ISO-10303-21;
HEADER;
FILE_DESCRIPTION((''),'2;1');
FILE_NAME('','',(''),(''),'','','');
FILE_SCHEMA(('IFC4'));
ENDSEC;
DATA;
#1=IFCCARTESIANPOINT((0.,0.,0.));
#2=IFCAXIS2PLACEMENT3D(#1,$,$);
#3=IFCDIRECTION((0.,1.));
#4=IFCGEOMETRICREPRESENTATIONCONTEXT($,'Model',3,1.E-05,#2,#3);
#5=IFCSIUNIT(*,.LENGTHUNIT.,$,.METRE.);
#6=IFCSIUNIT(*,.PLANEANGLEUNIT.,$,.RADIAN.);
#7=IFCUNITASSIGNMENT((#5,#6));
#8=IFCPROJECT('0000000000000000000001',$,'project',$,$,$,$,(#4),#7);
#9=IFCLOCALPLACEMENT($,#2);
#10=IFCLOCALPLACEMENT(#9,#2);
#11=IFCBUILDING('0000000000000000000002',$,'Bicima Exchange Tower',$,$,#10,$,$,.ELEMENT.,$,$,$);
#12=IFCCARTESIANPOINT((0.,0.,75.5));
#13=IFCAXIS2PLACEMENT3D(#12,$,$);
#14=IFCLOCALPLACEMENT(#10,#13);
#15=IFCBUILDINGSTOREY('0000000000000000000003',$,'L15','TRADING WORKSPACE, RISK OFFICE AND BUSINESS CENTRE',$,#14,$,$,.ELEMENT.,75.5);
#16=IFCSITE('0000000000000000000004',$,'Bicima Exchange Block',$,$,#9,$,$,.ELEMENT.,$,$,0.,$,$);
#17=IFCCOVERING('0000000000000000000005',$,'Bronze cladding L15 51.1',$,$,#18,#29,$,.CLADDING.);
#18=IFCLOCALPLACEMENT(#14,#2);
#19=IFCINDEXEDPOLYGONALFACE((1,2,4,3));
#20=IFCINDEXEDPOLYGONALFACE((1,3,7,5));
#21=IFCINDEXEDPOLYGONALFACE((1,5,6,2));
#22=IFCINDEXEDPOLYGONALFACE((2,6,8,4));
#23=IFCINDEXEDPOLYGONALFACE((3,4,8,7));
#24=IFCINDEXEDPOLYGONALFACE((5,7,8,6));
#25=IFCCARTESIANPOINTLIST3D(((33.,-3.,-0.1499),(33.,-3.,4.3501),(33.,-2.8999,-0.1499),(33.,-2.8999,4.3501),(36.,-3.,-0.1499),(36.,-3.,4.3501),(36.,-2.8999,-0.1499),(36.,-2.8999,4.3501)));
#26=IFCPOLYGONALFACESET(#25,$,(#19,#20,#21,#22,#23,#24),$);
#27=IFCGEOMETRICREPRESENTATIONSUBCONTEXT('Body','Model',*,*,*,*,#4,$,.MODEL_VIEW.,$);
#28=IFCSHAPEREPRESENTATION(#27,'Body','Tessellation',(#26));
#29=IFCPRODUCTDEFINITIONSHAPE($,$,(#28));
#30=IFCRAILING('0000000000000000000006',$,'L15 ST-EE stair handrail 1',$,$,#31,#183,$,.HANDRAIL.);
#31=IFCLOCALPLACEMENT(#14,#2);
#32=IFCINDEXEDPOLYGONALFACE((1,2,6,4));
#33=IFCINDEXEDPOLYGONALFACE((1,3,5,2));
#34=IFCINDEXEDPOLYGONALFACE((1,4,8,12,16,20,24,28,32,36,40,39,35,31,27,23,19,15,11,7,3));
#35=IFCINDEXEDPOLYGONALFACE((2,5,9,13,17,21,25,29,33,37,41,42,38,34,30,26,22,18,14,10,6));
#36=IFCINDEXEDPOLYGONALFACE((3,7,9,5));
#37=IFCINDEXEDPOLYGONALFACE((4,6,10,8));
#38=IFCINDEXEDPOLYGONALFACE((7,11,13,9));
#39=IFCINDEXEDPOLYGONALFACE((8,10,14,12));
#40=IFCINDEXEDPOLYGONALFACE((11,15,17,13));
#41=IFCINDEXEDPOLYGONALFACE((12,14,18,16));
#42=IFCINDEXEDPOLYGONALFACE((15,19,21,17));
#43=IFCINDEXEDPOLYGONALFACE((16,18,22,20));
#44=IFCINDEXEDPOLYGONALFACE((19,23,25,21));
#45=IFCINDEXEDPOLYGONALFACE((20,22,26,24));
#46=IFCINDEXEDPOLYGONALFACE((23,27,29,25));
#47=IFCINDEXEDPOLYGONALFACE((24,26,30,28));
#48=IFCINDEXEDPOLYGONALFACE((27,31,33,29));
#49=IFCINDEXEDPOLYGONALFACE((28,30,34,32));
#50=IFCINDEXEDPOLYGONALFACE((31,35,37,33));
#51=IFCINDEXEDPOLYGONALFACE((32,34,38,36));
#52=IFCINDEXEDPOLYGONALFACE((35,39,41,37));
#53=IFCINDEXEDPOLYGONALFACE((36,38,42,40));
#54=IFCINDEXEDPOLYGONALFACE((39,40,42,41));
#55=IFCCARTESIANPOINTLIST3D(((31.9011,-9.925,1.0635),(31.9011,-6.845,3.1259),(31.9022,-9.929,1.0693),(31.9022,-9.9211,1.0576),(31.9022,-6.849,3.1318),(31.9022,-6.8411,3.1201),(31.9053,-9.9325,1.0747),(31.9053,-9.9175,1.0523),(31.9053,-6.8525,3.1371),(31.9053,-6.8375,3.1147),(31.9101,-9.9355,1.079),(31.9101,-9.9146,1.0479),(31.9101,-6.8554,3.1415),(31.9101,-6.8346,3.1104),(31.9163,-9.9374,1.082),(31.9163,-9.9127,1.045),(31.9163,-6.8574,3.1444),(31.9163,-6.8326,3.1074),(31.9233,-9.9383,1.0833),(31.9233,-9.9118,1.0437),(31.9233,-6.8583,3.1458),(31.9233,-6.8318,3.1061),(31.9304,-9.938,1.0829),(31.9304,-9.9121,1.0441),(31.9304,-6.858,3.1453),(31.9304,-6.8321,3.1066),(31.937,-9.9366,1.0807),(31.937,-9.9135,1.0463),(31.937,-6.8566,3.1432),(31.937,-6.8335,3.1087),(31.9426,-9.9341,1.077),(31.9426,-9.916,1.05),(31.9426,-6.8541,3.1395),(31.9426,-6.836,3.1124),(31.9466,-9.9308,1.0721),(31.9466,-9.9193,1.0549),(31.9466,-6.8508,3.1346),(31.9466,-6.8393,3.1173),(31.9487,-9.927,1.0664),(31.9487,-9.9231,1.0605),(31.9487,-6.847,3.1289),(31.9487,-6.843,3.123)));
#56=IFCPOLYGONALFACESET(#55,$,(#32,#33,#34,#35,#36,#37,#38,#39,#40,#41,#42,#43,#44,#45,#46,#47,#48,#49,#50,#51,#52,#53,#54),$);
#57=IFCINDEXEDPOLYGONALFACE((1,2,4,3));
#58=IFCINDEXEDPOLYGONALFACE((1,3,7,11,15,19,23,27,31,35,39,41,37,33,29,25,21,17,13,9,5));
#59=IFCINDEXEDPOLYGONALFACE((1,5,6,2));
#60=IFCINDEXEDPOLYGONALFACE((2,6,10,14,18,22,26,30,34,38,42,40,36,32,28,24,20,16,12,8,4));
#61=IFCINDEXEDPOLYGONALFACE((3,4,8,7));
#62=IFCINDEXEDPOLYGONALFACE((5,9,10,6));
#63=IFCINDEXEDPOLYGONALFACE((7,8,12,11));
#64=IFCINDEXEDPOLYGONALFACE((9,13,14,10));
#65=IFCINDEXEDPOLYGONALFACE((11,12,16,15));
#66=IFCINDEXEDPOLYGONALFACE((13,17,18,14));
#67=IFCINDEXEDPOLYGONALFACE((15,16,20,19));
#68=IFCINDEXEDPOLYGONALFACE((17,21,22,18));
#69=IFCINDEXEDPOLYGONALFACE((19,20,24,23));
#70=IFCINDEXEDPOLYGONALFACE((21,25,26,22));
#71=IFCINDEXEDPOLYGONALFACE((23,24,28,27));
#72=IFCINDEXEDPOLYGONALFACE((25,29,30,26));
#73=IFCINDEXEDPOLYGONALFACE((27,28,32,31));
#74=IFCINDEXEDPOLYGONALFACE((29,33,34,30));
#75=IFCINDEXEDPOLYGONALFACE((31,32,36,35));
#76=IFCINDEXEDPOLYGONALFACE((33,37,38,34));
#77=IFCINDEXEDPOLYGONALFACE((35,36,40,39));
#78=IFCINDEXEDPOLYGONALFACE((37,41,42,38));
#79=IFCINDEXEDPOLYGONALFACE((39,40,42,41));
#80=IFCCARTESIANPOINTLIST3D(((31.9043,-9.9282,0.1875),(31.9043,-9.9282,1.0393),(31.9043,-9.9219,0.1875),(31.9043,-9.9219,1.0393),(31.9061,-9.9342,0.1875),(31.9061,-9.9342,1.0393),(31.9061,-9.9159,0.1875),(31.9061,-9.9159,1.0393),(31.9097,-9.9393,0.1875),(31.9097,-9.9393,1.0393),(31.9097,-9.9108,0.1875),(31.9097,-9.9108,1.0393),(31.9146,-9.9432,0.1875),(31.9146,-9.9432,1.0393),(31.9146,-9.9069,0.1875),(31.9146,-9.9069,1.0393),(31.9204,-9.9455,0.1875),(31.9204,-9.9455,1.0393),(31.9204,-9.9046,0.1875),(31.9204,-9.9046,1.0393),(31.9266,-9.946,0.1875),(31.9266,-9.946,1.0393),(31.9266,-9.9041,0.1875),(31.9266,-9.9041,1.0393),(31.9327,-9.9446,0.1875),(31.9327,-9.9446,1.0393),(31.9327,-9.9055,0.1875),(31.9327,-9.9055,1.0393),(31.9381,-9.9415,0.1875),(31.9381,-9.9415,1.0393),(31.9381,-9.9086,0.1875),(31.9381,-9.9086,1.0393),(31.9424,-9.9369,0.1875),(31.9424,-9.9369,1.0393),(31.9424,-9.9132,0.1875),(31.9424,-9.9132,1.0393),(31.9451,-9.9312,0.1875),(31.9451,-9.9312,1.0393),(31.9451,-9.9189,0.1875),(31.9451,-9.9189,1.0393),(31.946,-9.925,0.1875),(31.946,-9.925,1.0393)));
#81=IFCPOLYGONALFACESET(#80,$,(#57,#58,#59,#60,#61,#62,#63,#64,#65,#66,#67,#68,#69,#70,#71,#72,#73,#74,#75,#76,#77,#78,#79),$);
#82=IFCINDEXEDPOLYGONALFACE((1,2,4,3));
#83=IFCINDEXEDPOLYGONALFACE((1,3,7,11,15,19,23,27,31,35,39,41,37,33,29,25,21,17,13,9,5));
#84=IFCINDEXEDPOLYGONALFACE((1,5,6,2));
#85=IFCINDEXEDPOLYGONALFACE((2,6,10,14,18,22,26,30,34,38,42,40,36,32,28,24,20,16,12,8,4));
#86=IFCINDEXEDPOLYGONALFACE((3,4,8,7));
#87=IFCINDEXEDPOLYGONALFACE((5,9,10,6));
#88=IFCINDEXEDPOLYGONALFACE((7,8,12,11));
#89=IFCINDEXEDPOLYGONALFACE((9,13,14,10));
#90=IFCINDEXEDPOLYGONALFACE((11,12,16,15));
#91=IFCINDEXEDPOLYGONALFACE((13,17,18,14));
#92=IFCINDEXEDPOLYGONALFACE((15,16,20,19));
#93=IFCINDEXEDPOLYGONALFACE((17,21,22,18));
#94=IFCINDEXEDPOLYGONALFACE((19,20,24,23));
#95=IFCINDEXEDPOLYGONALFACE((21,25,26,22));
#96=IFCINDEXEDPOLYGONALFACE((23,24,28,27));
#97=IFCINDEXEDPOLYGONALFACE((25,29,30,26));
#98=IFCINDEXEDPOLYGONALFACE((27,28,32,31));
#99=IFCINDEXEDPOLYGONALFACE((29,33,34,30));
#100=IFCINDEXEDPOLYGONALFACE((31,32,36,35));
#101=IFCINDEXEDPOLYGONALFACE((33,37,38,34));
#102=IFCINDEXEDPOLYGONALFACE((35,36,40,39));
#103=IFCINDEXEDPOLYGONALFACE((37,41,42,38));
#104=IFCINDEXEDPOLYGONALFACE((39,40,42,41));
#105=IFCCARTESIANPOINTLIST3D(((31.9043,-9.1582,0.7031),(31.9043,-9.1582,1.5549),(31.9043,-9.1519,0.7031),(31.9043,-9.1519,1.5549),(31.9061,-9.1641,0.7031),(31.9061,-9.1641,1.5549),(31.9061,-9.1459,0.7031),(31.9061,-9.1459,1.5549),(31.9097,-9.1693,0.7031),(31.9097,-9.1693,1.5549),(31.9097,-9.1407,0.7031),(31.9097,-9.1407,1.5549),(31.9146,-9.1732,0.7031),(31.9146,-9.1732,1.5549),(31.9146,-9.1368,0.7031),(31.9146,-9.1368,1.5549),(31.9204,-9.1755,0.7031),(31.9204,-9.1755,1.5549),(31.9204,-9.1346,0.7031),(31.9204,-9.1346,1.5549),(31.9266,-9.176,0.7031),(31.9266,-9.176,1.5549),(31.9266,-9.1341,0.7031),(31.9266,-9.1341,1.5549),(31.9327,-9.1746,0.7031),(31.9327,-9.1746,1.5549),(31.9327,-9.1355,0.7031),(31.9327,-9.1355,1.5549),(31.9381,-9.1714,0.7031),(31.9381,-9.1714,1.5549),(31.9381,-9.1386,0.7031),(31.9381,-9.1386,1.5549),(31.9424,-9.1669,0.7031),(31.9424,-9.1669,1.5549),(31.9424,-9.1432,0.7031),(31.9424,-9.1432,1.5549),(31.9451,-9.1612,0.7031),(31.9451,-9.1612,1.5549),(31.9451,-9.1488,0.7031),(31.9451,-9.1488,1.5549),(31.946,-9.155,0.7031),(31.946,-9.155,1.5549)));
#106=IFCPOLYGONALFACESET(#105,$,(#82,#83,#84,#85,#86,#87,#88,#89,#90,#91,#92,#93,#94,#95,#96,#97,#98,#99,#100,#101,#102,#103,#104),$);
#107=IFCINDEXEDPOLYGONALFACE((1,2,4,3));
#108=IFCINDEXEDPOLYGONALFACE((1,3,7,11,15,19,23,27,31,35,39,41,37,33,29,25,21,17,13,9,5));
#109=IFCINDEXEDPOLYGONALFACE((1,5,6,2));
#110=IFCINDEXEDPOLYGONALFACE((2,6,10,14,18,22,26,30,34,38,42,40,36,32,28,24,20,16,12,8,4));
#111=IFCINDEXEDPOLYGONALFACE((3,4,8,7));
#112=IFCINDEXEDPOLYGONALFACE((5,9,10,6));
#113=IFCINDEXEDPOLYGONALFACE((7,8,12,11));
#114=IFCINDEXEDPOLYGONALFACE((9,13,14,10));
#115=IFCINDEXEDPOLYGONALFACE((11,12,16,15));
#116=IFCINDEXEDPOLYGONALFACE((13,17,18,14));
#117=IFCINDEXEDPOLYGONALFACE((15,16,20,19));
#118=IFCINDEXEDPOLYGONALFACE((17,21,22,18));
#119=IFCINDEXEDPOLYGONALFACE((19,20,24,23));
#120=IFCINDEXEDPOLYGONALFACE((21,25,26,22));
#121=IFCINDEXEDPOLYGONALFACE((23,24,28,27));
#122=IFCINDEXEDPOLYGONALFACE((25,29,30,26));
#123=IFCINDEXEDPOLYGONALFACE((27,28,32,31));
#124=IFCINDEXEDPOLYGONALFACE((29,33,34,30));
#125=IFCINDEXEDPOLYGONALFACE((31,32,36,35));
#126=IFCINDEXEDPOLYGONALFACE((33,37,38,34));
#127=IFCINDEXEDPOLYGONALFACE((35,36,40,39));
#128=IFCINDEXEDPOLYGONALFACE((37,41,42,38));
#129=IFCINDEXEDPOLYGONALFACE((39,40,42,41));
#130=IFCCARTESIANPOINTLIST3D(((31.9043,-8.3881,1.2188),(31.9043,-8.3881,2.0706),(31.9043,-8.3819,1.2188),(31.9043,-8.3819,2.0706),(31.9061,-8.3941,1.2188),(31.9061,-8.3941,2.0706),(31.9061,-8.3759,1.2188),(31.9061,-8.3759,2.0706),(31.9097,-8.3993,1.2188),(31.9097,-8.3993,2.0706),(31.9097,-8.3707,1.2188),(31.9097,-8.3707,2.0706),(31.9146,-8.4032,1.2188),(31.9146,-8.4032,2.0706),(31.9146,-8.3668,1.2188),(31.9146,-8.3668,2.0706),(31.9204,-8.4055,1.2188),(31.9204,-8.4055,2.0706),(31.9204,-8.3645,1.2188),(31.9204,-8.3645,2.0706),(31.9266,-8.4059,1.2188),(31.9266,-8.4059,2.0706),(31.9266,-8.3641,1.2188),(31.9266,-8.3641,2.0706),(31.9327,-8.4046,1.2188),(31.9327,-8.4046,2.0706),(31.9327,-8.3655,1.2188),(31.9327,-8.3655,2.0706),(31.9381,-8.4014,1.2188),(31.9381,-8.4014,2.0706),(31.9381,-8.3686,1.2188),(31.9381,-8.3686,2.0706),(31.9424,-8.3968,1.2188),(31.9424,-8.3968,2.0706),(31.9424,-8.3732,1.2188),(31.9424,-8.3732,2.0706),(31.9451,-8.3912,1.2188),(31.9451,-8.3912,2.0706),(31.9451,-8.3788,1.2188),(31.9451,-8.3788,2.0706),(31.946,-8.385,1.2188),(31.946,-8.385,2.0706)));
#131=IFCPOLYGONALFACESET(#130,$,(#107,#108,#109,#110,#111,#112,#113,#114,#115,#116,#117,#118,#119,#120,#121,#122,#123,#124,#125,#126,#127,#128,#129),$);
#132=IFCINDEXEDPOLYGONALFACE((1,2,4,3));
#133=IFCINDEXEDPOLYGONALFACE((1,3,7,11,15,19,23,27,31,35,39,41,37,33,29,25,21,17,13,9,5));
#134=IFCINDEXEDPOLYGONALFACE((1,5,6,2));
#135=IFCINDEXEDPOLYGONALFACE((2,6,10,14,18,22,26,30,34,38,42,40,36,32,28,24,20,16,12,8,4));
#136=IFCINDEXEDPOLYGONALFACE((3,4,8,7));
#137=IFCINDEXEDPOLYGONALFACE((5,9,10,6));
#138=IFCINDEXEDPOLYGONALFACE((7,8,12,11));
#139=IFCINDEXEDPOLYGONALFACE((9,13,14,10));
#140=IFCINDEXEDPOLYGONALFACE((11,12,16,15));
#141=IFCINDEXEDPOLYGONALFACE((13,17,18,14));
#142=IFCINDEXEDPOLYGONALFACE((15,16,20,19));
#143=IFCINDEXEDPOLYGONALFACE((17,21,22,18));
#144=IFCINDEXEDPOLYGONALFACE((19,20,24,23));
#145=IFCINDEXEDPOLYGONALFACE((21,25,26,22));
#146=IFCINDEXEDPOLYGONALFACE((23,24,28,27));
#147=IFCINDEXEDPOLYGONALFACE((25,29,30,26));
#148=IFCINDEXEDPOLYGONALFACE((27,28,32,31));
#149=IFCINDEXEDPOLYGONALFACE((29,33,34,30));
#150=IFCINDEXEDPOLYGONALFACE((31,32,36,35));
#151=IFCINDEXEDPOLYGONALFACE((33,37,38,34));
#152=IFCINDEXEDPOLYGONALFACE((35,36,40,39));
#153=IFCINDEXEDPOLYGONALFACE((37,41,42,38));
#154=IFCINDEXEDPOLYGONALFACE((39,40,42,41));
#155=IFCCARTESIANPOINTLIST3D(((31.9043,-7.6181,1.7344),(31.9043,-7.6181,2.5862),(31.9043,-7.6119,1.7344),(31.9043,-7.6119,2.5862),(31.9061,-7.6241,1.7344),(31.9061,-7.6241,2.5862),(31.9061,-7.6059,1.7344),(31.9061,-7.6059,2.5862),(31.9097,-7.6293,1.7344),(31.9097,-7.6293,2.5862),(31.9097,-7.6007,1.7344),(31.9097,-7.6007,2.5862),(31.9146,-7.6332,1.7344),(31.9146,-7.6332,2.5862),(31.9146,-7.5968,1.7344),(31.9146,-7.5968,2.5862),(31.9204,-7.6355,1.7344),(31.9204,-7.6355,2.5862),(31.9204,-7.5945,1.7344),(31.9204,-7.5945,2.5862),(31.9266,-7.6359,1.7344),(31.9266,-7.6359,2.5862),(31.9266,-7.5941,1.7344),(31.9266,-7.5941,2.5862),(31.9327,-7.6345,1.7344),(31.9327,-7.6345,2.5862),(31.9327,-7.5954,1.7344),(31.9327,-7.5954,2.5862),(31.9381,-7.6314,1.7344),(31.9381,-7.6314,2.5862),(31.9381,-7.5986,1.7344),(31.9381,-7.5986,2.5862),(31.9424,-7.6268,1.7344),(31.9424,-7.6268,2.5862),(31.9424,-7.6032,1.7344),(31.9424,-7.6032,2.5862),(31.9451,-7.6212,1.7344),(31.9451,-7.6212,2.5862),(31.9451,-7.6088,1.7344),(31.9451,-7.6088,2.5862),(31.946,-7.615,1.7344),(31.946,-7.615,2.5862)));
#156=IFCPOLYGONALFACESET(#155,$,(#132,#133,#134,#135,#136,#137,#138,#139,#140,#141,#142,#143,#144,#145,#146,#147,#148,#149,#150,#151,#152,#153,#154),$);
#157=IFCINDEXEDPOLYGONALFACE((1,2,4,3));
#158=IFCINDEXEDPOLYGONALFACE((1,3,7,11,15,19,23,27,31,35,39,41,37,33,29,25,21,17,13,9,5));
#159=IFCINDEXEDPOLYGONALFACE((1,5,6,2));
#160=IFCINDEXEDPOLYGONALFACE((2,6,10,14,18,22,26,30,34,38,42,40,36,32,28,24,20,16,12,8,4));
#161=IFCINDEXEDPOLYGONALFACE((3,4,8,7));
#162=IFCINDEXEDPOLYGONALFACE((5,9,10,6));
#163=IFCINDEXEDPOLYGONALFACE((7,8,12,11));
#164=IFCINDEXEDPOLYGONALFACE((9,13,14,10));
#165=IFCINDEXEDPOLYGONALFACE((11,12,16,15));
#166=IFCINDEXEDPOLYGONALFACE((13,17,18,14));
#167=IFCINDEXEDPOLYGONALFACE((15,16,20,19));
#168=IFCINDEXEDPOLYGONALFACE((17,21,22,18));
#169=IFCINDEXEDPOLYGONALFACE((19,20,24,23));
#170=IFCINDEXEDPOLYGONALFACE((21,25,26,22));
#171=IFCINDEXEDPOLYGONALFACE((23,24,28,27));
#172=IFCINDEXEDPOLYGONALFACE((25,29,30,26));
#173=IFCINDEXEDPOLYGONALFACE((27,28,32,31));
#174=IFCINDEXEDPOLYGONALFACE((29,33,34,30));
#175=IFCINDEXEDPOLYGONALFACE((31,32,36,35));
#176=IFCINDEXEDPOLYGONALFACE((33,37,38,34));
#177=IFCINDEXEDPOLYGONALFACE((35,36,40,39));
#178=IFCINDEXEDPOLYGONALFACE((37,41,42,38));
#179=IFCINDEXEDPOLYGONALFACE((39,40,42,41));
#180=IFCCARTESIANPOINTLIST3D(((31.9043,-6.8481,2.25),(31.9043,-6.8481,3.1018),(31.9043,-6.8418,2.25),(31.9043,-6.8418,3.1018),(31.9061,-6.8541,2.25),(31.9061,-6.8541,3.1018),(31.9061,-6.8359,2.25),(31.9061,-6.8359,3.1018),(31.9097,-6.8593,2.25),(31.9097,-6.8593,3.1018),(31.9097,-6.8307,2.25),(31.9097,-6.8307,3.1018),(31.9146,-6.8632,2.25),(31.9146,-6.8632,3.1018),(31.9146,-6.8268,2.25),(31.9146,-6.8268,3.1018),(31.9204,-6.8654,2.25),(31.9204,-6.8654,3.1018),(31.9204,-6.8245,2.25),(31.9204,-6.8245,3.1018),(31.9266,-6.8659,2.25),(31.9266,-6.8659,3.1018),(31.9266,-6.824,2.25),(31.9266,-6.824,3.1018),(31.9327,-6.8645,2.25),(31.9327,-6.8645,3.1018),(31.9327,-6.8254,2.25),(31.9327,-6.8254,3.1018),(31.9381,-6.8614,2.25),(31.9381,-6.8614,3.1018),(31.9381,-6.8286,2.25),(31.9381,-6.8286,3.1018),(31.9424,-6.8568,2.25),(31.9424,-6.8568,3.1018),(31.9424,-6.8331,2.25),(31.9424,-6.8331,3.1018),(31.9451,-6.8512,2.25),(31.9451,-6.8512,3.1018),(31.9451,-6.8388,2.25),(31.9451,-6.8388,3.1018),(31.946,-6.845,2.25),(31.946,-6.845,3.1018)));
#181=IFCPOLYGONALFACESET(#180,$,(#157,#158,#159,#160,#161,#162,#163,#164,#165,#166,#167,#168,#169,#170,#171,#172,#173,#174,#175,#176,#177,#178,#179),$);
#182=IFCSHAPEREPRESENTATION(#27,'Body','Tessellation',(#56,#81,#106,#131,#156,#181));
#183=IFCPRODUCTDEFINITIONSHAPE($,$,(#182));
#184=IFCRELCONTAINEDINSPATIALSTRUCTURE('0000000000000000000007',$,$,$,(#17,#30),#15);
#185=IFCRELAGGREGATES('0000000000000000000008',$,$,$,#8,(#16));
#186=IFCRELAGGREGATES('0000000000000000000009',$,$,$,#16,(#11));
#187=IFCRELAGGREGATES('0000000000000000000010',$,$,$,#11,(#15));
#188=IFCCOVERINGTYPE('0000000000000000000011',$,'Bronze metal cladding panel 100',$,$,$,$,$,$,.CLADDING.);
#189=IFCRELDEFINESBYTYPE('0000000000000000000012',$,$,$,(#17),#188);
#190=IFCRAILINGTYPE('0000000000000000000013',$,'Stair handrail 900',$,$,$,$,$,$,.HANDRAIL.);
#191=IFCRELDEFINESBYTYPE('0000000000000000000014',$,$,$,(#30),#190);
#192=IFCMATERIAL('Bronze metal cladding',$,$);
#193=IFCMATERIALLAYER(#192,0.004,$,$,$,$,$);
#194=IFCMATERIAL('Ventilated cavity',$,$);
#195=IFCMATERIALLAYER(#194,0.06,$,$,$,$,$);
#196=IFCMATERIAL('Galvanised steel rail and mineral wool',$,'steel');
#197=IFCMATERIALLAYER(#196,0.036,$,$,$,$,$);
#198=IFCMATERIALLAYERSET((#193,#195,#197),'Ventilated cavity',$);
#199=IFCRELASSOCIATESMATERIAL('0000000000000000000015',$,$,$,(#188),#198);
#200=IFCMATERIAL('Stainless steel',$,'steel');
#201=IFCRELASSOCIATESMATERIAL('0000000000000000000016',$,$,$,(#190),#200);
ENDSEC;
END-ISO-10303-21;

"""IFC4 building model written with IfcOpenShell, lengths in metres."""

from ifc_helpers import new_model, si_unit, direction, frame, origin, origin_2d, place, context, subcontext, project, spatial, rectangle, circle, extrude, material, layer, layer_set, type_object, element, save


model = new_model("IFC4")

# Units and contexts
model_context = context("Model", 3, precision=1e-05, world=origin(), true_north=direction((0.0, 1.0)))
body_context = subcontext(model_context, "Body", "Model", "MODEL_VIEW")
ifc_project = project(units=[si_unit("LENGTHUNIT", "METRE"), si_unit("PLANEANGLEUNIT", "RADIAN")], contexts=[model_context])

# Site, building, storey
site_placement = place(None, origin())
site = spatial("IfcSite", under=ifc_project, at=site_placement, Name="Bicima Exchange Block", CompositionType="ELEMENT", RefElevation=0.0)
building_placement = place(site_placement, origin())
building = spatial("IfcBuilding", under=site, at=building_placement, Name="Bicima Exchange Tower", CompositionType="ELEMENT")
storey_placement = place(building_placement, frame((0.0, 0.0, 75.5)))
storey = spatial("IfcBuildingStorey", under=building, at=storey_placement, Name="L15", Description="TRADING WORKSPACE, RISK OFFICE AND BUSINESS CENTRE", CompositionType="ELEMENT", Elevation=75.5)

# Covering
ifc_material_1 = material(Name="Bronze metal cladding")
ifc_layer_1 = layer(ifc_material_1, 0.004)
ifc_material_2 = material(Name="Ventilated cavity")
ifc_layer_2 = layer(ifc_material_2, 0.06)
ifc_material_3 = material(Name="Galvanised steel rail and mineral wool", Category="steel")
ifc_layer_3 = layer(ifc_material_3, 0.036)
ifc_layer_set_1 = layer_set([ifc_layer_1, ifc_layer_2, ifc_layer_3], Name="Ventilated cavity")
covering_type = type_object("IfcCoveringType", Name="Bronze metal cladding panel 100", PredefinedType="CLADDING", material=ifc_layer_set_1)
covering_1_placement = place(storey_placement, frame((34.5, -2.95, -0.1499), z_axis=(0.0, 0.0, 1.0), x_axis=(-1.0, 0.0, 0.0)))
element("IfcCovering", 1, at=covering_1_placement, inside=storey, type_object=covering_type, Name="Bronze cladding L15 51.1", PredefinedType="CLADDING", context=body_context, shape_type="SweptSolid", body=[
    extrude(rectangle(XDim=3.0, YDim=0.1001, at=origin_2d()), origin(), (0.0, 0.0, 1.0), 4.5),
])

# Railing
ifc_material_4 = material(Name="Stainless steel", Category="steel")
railing_type_1 = type_object("IfcRailingType", Name="Stair handrail 900", PredefinedType="HANDRAIL", material=ifc_material_4)
railing_1_placement = place(storey_placement, frame((31.925, -9.925, 0.1875)))
element("IfcRailing", 2, at=railing_1_placement, inside=storey, type_object=railing_type_1, Name="L15 ST-EE stair handrail 1", PredefinedType="HANDRAIL", context=body_context, shape_type="SweptSolid", body=[
    extrude(circle(Radius=0.0239, at=origin_2d()), frame((0.0, 0.0, 0.876), z_axis=(0.0, 0.830914, 0.556401), x_axis=(-1.0, 0.0, 0.0)), (0.0, 0.0, 1.0), 3.7068),
    extrude(circle(Radius=0.021, at=origin_2d()), origin(), (0.0, 0.0, 1.0), 0.8518),
    extrude(circle(Radius=0.021, at=origin_2d()), frame((0.0, 0.77, 0.5156)), (0.0, 0.0, 1.0), 0.8518),
    extrude(circle(Radius=0.021, at=origin_2d()), frame((0.0, 1.54, 1.0312)), (0.0, 0.0, 1.0), 0.8518),
    extrude(circle(Radius=0.021, at=origin_2d()), frame((0.0, 2.3101, 1.5469)), (0.0, 0.0, 1.0), 0.8518),
    extrude(circle(Radius=0.021, at=origin_2d()), frame((0.0, 3.0801, 2.0625)), (0.0, 0.0, 1.0), 0.8518),
])

save(model, "model.ifc")
